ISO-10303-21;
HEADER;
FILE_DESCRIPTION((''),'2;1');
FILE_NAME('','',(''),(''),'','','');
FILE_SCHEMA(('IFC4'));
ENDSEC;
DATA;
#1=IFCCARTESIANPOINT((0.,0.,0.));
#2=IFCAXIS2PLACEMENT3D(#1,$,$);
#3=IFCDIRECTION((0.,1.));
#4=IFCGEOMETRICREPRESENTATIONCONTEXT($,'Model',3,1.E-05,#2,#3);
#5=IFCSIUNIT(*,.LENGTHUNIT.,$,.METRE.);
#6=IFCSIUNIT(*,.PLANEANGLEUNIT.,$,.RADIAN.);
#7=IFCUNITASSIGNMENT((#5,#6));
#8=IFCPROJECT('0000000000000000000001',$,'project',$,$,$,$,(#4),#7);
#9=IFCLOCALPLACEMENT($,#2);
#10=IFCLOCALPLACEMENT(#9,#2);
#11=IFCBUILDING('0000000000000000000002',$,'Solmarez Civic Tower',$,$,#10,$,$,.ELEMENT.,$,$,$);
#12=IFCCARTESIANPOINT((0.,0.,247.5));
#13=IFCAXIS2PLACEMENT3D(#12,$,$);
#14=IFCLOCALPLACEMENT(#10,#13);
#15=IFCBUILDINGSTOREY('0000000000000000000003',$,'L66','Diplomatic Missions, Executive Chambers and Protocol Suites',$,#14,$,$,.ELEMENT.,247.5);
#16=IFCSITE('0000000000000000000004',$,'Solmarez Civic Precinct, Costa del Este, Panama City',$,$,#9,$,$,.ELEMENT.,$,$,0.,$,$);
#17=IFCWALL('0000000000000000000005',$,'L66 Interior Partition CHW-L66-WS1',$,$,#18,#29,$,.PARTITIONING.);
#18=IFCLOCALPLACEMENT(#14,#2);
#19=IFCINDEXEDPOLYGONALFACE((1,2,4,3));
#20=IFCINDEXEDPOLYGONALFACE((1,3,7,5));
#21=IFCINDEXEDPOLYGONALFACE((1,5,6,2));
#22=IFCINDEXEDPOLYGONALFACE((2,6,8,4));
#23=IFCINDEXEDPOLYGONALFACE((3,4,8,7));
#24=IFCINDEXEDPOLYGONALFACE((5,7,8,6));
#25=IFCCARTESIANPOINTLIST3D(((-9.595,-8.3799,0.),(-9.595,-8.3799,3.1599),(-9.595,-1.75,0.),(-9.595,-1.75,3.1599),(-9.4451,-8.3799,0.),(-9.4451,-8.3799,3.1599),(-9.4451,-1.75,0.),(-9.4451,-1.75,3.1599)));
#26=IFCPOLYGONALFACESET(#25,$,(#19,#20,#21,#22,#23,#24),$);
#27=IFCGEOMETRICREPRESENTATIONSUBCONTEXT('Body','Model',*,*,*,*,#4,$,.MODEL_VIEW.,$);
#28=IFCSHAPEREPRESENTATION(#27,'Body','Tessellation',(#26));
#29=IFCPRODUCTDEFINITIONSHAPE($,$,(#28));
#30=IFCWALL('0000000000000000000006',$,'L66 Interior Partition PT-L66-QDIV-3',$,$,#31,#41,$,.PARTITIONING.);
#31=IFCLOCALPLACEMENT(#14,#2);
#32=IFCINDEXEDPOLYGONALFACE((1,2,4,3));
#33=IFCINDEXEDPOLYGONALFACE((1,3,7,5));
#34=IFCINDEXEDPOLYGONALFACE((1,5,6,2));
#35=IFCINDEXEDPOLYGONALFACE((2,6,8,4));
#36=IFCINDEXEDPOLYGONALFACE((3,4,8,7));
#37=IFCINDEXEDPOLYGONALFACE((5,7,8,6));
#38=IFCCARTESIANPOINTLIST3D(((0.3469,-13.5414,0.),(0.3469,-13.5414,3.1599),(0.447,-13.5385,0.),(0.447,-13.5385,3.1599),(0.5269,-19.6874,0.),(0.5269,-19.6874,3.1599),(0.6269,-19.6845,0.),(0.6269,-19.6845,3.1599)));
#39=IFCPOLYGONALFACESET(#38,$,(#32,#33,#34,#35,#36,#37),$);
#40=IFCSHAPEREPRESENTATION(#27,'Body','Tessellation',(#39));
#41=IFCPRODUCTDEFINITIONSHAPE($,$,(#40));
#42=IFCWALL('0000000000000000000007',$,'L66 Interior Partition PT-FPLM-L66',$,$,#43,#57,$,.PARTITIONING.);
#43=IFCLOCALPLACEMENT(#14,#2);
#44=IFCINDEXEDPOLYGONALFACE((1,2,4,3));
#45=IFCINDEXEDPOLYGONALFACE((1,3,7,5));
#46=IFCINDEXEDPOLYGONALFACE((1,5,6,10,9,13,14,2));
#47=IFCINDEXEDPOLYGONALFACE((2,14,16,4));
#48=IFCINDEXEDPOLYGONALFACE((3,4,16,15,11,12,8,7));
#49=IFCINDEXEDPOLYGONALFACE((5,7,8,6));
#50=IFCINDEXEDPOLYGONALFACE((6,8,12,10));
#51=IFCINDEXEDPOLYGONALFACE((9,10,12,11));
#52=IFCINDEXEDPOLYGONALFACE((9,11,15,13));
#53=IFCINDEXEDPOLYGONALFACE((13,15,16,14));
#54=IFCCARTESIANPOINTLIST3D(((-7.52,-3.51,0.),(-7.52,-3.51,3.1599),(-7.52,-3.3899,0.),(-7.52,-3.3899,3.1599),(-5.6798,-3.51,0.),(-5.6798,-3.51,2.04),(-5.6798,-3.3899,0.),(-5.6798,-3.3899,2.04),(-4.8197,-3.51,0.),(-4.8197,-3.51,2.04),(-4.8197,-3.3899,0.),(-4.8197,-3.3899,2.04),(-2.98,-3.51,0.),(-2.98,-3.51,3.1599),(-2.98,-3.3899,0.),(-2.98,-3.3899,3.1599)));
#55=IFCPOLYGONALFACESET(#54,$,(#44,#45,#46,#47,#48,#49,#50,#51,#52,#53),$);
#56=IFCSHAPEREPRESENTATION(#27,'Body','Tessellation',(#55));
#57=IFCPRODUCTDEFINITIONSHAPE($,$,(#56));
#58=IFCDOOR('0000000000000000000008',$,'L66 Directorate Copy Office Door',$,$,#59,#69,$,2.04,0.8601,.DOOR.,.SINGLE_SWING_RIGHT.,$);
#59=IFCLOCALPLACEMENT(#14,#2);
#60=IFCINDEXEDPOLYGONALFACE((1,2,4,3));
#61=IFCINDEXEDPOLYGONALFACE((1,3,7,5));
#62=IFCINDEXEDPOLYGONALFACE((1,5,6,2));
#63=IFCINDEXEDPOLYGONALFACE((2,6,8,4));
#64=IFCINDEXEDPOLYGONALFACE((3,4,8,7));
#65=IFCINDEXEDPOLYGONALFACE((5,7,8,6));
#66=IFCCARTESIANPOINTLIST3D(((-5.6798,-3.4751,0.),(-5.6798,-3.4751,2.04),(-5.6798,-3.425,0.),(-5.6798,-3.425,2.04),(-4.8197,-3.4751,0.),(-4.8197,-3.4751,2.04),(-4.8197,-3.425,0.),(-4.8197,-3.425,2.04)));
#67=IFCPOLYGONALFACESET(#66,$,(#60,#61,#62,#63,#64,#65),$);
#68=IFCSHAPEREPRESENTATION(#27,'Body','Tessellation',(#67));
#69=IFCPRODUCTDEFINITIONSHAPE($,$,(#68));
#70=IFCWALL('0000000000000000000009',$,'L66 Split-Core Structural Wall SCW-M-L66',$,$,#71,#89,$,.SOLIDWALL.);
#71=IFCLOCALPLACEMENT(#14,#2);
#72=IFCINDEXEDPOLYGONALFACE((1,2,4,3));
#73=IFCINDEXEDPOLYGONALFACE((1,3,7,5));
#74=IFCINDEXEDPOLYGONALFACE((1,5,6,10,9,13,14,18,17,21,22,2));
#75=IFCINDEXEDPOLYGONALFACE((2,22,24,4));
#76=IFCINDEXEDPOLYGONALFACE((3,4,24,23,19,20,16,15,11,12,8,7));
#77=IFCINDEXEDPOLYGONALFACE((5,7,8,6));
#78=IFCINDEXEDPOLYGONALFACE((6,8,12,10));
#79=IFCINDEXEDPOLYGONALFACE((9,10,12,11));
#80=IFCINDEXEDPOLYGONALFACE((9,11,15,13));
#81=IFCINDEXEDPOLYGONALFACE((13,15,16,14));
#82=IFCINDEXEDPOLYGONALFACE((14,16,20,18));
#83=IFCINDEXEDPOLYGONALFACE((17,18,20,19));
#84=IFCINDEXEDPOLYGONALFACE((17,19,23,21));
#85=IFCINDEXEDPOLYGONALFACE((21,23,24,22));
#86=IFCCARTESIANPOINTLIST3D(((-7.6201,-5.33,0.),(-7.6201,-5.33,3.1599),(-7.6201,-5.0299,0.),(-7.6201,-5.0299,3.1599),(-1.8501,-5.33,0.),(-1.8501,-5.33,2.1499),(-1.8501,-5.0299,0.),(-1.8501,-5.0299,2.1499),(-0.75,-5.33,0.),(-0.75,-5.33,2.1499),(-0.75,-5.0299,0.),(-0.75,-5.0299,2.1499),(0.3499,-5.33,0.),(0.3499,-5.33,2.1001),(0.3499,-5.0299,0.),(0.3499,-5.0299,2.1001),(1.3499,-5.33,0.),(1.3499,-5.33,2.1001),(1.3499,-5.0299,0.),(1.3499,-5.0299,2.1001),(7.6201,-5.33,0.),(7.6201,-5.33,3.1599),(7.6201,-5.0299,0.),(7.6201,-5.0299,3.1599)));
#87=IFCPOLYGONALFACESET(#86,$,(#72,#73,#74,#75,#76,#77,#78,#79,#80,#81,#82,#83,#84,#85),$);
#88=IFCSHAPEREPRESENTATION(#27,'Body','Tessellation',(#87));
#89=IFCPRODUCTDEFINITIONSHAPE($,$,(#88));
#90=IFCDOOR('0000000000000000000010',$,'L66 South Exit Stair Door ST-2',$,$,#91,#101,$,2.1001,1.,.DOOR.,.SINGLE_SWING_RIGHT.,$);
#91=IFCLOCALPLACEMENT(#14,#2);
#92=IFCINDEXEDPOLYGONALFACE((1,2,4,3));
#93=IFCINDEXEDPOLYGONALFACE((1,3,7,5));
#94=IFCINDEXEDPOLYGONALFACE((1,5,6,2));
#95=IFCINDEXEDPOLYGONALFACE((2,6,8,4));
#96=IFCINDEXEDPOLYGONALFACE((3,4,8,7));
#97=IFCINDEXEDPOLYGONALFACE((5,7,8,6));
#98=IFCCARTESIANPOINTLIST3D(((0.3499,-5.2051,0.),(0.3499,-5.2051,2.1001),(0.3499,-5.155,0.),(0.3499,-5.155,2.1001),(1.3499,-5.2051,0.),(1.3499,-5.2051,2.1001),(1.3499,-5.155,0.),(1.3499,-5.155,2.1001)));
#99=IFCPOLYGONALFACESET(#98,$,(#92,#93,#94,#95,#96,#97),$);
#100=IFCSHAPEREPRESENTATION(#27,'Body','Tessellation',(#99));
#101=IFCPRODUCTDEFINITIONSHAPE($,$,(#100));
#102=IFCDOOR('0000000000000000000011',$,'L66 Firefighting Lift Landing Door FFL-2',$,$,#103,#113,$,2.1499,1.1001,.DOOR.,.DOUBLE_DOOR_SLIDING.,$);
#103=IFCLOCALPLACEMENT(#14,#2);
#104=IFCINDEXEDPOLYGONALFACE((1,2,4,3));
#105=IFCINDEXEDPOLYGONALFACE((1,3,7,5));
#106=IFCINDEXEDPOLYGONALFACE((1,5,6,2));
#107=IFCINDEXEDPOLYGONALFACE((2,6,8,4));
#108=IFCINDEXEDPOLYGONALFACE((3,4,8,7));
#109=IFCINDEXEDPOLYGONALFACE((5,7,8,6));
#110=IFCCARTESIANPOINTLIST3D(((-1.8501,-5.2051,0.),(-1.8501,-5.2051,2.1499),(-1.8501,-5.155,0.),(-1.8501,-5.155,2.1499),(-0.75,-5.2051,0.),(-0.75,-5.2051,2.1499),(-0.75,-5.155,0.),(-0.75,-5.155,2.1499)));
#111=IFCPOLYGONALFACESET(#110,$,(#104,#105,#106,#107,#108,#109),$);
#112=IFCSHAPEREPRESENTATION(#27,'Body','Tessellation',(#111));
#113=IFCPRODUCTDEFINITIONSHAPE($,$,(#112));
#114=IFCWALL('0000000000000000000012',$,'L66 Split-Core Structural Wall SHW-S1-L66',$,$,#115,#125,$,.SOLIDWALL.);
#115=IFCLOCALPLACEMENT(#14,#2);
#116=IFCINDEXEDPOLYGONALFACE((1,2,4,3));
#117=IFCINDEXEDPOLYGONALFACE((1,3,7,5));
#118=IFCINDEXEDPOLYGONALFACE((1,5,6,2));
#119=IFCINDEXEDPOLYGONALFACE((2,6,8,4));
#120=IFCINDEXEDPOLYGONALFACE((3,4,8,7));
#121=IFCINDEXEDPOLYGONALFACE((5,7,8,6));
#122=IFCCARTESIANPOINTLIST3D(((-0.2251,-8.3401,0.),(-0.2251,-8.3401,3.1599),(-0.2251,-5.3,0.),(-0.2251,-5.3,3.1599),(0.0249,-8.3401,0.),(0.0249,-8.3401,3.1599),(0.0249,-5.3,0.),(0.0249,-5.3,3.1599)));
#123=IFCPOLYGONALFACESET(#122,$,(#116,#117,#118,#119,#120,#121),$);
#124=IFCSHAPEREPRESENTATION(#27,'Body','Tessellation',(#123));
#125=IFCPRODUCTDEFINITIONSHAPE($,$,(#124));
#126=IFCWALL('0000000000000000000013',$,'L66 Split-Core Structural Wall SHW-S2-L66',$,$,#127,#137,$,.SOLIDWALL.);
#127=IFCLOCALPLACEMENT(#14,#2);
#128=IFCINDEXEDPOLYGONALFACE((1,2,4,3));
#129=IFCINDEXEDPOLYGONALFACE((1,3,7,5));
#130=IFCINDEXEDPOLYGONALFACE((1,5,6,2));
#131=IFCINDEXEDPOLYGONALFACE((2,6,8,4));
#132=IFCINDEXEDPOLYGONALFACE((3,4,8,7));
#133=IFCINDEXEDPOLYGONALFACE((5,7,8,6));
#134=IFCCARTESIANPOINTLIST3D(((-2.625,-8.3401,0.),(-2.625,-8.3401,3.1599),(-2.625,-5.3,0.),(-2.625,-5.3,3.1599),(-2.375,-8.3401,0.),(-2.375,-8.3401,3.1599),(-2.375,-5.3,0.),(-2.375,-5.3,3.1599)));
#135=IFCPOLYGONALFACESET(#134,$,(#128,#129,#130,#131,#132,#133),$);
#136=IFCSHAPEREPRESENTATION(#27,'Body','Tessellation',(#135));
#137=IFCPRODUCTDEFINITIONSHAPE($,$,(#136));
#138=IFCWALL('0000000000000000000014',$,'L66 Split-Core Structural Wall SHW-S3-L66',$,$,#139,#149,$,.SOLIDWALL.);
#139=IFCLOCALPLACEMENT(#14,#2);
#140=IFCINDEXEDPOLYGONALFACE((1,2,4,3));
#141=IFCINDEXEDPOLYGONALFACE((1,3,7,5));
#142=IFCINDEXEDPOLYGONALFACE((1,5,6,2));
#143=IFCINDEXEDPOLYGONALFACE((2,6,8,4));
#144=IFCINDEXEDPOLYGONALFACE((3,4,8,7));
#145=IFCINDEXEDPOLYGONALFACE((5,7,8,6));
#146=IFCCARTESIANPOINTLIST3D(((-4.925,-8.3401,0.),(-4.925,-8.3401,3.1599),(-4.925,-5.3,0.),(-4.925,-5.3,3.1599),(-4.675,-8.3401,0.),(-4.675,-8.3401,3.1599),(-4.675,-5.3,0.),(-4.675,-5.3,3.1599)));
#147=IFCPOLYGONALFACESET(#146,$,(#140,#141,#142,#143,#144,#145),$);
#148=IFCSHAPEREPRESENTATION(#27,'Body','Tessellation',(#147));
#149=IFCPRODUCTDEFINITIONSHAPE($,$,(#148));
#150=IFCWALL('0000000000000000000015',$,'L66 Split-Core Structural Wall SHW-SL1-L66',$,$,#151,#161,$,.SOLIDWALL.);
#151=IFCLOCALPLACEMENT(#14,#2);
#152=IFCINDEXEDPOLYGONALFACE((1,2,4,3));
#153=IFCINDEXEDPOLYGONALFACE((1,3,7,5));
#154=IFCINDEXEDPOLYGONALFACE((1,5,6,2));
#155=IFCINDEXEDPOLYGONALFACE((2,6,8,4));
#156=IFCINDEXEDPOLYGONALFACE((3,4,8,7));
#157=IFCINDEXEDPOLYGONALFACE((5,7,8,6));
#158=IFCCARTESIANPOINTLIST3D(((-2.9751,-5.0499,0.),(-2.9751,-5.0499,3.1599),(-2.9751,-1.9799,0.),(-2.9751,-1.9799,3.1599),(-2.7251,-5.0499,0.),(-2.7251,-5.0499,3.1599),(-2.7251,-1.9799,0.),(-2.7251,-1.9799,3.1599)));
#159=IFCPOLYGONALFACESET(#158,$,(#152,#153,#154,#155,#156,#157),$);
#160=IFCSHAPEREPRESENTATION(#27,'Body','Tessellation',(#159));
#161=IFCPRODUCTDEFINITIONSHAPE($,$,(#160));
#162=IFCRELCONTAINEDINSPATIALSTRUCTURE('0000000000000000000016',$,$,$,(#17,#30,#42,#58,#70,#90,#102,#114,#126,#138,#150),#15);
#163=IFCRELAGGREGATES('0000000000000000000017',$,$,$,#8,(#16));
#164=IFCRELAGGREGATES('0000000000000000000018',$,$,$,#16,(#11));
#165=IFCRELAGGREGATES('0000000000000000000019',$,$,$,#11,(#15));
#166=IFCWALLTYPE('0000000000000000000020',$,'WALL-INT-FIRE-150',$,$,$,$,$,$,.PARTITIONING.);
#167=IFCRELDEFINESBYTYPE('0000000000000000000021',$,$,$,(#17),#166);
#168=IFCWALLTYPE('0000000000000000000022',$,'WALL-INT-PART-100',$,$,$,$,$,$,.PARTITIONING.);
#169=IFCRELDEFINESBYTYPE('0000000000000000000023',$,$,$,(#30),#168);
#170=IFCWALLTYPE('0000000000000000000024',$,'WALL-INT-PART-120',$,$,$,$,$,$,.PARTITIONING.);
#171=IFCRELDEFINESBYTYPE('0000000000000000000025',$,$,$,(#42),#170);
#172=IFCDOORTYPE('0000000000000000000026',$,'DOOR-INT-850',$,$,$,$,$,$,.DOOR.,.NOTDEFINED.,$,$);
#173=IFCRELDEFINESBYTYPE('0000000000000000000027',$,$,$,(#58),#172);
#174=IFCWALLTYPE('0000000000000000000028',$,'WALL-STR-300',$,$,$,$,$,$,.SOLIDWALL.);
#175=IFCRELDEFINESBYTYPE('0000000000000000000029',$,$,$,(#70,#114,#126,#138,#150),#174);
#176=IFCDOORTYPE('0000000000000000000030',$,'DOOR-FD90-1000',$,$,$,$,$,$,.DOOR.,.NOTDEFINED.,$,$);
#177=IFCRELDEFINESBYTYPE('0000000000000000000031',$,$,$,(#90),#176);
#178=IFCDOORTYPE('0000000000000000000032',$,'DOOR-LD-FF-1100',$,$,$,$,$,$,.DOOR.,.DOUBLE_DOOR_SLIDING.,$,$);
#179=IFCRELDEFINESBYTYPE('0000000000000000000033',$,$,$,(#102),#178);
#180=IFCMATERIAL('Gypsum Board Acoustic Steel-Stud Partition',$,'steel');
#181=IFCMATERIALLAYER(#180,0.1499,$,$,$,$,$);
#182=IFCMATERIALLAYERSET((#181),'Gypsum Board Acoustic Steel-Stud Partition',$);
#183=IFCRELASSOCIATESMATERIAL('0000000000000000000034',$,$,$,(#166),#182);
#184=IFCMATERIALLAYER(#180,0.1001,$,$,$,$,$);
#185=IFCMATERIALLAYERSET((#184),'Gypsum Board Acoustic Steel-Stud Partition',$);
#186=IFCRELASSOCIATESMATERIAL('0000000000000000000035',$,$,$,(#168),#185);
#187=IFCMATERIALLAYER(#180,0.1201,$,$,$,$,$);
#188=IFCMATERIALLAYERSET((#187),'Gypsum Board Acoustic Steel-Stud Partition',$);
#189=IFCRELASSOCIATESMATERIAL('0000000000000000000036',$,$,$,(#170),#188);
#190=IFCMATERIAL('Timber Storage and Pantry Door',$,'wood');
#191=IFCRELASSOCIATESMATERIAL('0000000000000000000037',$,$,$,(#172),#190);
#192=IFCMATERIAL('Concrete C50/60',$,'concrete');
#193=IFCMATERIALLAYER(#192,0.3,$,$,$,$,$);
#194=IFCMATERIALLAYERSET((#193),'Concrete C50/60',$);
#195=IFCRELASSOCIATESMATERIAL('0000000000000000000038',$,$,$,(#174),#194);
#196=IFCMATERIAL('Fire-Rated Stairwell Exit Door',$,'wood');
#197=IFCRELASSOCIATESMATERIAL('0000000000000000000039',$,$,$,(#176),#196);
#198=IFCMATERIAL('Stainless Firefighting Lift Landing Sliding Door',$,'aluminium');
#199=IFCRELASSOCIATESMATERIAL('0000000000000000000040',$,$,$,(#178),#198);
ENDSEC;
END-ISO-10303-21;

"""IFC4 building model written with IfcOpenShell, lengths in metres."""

from ifc_helpers import new_model, si_unit, direction, frame, frame_2d, origin, place, context, subcontext, project, spatial, rectangle, extrude, material, layer, layer_set, type_object, element, fill, save


model = new_model("IFC4")

# Units and contexts
model_context = context("Model", 3, precision=1e-05, world=origin(), true_north=direction((0.0, 1.0)))
body_context = subcontext(model_context, "Body", "Model", "MODEL_VIEW")
ifc_project = project(units=[si_unit("LENGTHUNIT", "METRE"), si_unit("PLANEANGLEUNIT", "RADIAN")], contexts=[model_context])

# Site, building, storey
site_placement = place(None, origin())
site = spatial("IfcSite", under=ifc_project, at=site_placement, Name="Solmarez Civic Precinct, Costa del Este, Panama City", CompositionType="ELEMENT", RefElevation=0.0)
building_placement = place(site_placement, origin())
building = spatial("IfcBuilding", under=site, at=building_placement, Name="Solmarez Civic Tower", CompositionType="ELEMENT")
storey_placement = place(building_placement, frame((0.0, 0.0, 247.5)))
storey = spatial("IfcBuildingStorey", under=building, at=storey_placement, Name="L66", Description="Diplomatic Missions, Executive Chambers and Protocol Suites", CompositionType="ELEMENT", Elevation=247.5)

# Shared definitions
ifc_material_1 = material(Name="Concrete C50/60", Category="concrete")

# Walls
ifc_material_2 = material(Name="Gypsum Board Acoustic Steel-Stud Partition", Category="steel")
ifc_layer_1 = layer(ifc_material_2, 0.1499)
ifc_layer_set_1 = layer_set([ifc_layer_1], Name="Gypsum Board Acoustic Steel-Stud Partition")
wall_type_1 = type_object("IfcWallType", Name="WALL-INT-FIRE-150", PredefinedType="PARTITIONING", material=ifc_layer_set_1)
wall_1_placement = place(storey_placement, frame((-9.52, -8.3799, 0.0), z_axis=(0.0, 0.0, 1.0), x_axis=(0.0, 1.0, 0.0)))
element("IfcWall", 1, at=wall_1_placement, inside=storey, type_object=wall_type_1, Name="L66 Interior Partition CHW-L66-WS1", PredefinedType="PARTITIONING", context=body_context, shape_type="SweptSolid", body=[
    extrude(rectangle(XDim=6.6299, YDim=0.1499, at=frame_2d((3.3149, 0.0))), origin(), (0.0, 0.0, 1.0), 3.1599),
])
ifc_layer_2 = layer(ifc_material_2, 0.1001)
ifc_layer_set_2 = layer_set([ifc_layer_2], Name="Gypsum Board Acoustic Steel-Stud Partition")
wall_type_2 = type_object("IfcWallType", Name="WALL-INT-PART-100", PredefinedType="PARTITIONING", material=ifc_layer_set_2)
wall_2_placement = place(storey_placement, frame((0.397, -13.54, 0.0), z_axis=(0.0, 0.0, 1.0), x_axis=(0.029264, -0.999572, 0.0)))
element("IfcWall", 2, at=wall_2_placement, inside=storey, type_object=wall_type_2, Name="L66 Interior Partition PT-L66-QDIV-3", PredefinedType="PARTITIONING", context=body_context, shape_type="SweptSolid", body=[
    extrude(rectangle(XDim=6.1487, YDim=0.1001, at=frame_2d((3.0742, 0.0))), origin(), (0.0, 0.0, 1.0), 3.1599),
])

# Wall, opening, door
ifc_layer_3 = layer(ifc_material_2, 0.1201)
ifc_layer_set_3 = layer_set([ifc_layer_3], Name="Gypsum Board Acoustic Steel-Stud Partition")
wall_type_3 = type_object("IfcWallType", Name="WALL-INT-PART-120", PredefinedType="PARTITIONING", material=ifc_layer_set_3)
wall_3_placement = place(storey_placement, frame((-7.52, -3.45, 0.0), z_axis=(0.0, 0.0, 1.0), x_axis=(1.0, 0.0, 0.0)))
wall_3 = element("IfcWall", 3, at=wall_3_placement, inside=storey, type_object=wall_type_3, Name="L66 Interior Partition PT-FPLM-L66", PredefinedType="PARTITIONING", context=body_context, shape_type="SweptSolid", body=[
    extrude(rectangle(XDim=4.54, YDim=0.1201, at=frame_2d((2.27, 0.0))), origin(), (0.0, 0.0, 1.0), 3.1599),
])
opening_1_placement = place(wall_3_placement, frame((1.8401, 0.0, 0.0)))
opening_1 = element("IfcOpeningElement", 4, at=opening_1_placement, cuts=wall_3, PredefinedType="OPENING", context=body_context, shape_type="SweptSolid", body=[
    extrude(rectangle(XDim=0.8601, YDim=2.04, at=frame_2d((0.4302, 1.02))), frame((0.0, 0.0701, 0.0), z_axis=(0.0, -1.0, 0.0), x_axis=(1.0, 0.0, 0.0)), (0.0, 0.0, 1.0), 0.1401),
])
ifc_material_3 = material(Name="Timber Storage and Pantry Door", Category="wood")
door_type_1 = type_object("IfcDoorType", Name="DOOR-INT-850", OperationType="NOTDEFINED", PredefinedType="DOOR", material=ifc_material_3)
door_1_placement = place(opening_1_placement, origin())
door_1 = element("IfcDoor", 5, at=door_1_placement, inside=storey, type_object=door_type_1, Name="L66 Directorate Copy Office Door", OperationType="SINGLE_SWING_RIGHT", OverallHeight=2.04, OverallWidth=0.8601, PredefinedType="DOOR", context=body_context, shape_type="SweptSolid", body=[
    extrude(rectangle(XDim=0.8601, YDim=2.04, at=frame_2d((0.4302, 1.02))), frame((0.0, 0.0249, 0.0), z_axis=(0.0, -1.0, 0.0), x_axis=(1.0, 0.0, 0.0)), (0.0, 0.0, 1.0), 0.05),
])
fill(opening_1, door_1)

# Wall, openings, doors
ifc_layer_4 = layer(ifc_material_1, 0.3)
ifc_layer_set_4 = layer_set([ifc_layer_4], Name="Concrete C50/60")
wall_type_4 = type_object("IfcWallType", Name="WALL-STR-300", PredefinedType="SOLIDWALL", material=ifc_layer_set_4)
wall_4_placement = place(storey_placement, frame((-7.6201, -5.1799, 0.0), z_axis=(0.0, 0.0, 1.0), x_axis=(1.0, 0.0, 0.0)))
wall_4 = element("IfcWall", 6, at=wall_4_placement, inside=storey, type_object=wall_type_4, Name="L66 Split-Core Structural Wall SCW-M-L66", PredefinedType="SOLIDWALL", context=body_context, shape_type="SweptSolid", body=[
    extrude(rectangle(XDim=15.2402, YDim=0.3, at=frame_2d((7.6201, 0.0))), origin(), (0.0, 0.0, 1.0), 3.1599),
])
opening_2_placement = place(wall_4_placement, frame((5.77, 0.0, 0.0)))
opening_2 = element("IfcOpeningElement", 7, at=opening_2_placement, cuts=wall_4, PredefinedType="OPENING", context=body_context, shape_type="SweptSolid", body=[
    extrude(rectangle(XDim=1.1001, YDim=2.1499, at=frame_2d((0.55, 1.075))), frame((0.0, 0.1599, 0.0), z_axis=(0.0, -1.0, 0.0), x_axis=(1.0, 0.0, 0.0)), (0.0, 0.0, 1.0), 0.3201),
])
opening_3_placement = place(wall_4_placement, frame((7.97, 0.0, 0.0)))
opening_3 = element("IfcOpeningElement", 8, at=opening_3_placement, cuts=wall_4, PredefinedType="OPENING", context=body_context, shape_type="SweptSolid", body=[
    extrude(rectangle(XDim=1.0, YDim=2.1001, at=frame_2d((0.5, 1.05))), frame((0.0, 0.1599, 0.0), z_axis=(0.0, -1.0, 0.0), x_axis=(1.0, 0.0, 0.0)), (0.0, 0.0, 1.0), 0.3201),
])
ifc_material_4 = material(Name="Fire-Rated Stairwell Exit Door", Category="wood")
door_type_2 = type_object("IfcDoorType", Name="DOOR-FD90-1000", OperationType="NOTDEFINED", PredefinedType="DOOR", material=ifc_material_4)
door_2_placement = place(opening_3_placement, origin())
door_2 = element("IfcDoor", 9, at=door_2_placement, inside=storey, type_object=door_type_2, Name="L66 South Exit Stair Door ST-2", OperationType="SINGLE_SWING_RIGHT", OverallHeight=2.1001, OverallWidth=1.0, PredefinedType="DOOR", context=body_context, shape_type="SweptSolid", body=[
    extrude(rectangle(XDim=1.0, YDim=2.1001, at=frame_2d((0.5, 1.05))), frame((0.0, 0.0249, 0.0), z_axis=(0.0, -1.0, 0.0), x_axis=(1.0, 0.0, 0.0)), (0.0, 0.0, 1.0), 0.05),
])
fill(opening_3, door_2)
ifc_material_5 = material(Name="Stainless Firefighting Lift Landing Sliding Door", Category="aluminium")
door_type_3 = type_object("IfcDoorType", Name="DOOR-LD-FF-1100", OperationType="DOUBLE_DOOR_SLIDING", PredefinedType="DOOR", material=ifc_material_5)
door_3_placement = place(opening_2_placement, origin())
door_3 = element("IfcDoor", 10, at=door_3_placement, inside=storey, type_object=door_type_3, Name="L66 Firefighting Lift Landing Door FFL-2", OperationType="DOUBLE_DOOR_SLIDING", OverallHeight=2.1499, OverallWidth=1.1001, PredefinedType="DOOR", context=body_context, shape_type="SweptSolid", body=[
    extrude(rectangle(XDim=1.1001, YDim=2.1499, at=frame_2d((0.55, 1.075))), frame((0.0, 0.0249, 0.0), z_axis=(0.0, -1.0, 0.0), x_axis=(1.0, 0.0, 0.0)), (0.0, 0.0, 1.0), 0.05),
])
fill(opening_2, door_3)

# Walls
for number, where, z_axis, x_axis, name in (
    (11, (-0.1001, -8.3401, 0.0), (0.0, 0.0, 1.0), (0.0, 1.0, 0.0), "L66 Split-Core Structural Wall SHW-S1-L66"),
    (12, (-2.5, -8.3401, 0.0), (0.0, 0.0, 1.0), (0.0, 1.0, 0.0), "L66 Split-Core Structural Wall SHW-S2-L66"),
    (13, (-4.8, -8.3401, 0.0), (0.0, 0.0, 1.0), (0.0, 1.0, 0.0), "L66 Split-Core Structural Wall SHW-S3-L66"),
):
    element("IfcWall", number, at=place(storey_placement, frame(where, z_axis=z_axis, x_axis=x_axis)), inside=storey, type_object=wall_type_4, Name=name, PredefinedType="SOLIDWALL", context=body_context, shape_type="SweptSolid", body=[
        extrude(rectangle(XDim=3.04, YDim=0.25, at=frame_2d((1.52, 0.0))), origin(), (0.0, 0.0, 1.0), 3.1599),
    ])
wall_5_placement = place(storey_placement, frame((-2.8501, -5.05, 0.0), z_axis=(0.0, 0.0, 1.0), x_axis=(0.0, 1.0, 0.0)))
element("IfcWall", 14, at=wall_5_placement, inside=storey, type_object=wall_type_4, Name="L66 Split-Core Structural Wall SHW-SL1-L66", PredefinedType="SOLIDWALL", context=body_context, shape_type="SweptSolid", body=[
    extrude(rectangle(XDim=3.0701, YDim=0.25, at=frame_2d((1.5352, 0.0))), origin(), (0.0, 0.0, 1.0), 3.1599),
])

save(model, "model.ifc")
